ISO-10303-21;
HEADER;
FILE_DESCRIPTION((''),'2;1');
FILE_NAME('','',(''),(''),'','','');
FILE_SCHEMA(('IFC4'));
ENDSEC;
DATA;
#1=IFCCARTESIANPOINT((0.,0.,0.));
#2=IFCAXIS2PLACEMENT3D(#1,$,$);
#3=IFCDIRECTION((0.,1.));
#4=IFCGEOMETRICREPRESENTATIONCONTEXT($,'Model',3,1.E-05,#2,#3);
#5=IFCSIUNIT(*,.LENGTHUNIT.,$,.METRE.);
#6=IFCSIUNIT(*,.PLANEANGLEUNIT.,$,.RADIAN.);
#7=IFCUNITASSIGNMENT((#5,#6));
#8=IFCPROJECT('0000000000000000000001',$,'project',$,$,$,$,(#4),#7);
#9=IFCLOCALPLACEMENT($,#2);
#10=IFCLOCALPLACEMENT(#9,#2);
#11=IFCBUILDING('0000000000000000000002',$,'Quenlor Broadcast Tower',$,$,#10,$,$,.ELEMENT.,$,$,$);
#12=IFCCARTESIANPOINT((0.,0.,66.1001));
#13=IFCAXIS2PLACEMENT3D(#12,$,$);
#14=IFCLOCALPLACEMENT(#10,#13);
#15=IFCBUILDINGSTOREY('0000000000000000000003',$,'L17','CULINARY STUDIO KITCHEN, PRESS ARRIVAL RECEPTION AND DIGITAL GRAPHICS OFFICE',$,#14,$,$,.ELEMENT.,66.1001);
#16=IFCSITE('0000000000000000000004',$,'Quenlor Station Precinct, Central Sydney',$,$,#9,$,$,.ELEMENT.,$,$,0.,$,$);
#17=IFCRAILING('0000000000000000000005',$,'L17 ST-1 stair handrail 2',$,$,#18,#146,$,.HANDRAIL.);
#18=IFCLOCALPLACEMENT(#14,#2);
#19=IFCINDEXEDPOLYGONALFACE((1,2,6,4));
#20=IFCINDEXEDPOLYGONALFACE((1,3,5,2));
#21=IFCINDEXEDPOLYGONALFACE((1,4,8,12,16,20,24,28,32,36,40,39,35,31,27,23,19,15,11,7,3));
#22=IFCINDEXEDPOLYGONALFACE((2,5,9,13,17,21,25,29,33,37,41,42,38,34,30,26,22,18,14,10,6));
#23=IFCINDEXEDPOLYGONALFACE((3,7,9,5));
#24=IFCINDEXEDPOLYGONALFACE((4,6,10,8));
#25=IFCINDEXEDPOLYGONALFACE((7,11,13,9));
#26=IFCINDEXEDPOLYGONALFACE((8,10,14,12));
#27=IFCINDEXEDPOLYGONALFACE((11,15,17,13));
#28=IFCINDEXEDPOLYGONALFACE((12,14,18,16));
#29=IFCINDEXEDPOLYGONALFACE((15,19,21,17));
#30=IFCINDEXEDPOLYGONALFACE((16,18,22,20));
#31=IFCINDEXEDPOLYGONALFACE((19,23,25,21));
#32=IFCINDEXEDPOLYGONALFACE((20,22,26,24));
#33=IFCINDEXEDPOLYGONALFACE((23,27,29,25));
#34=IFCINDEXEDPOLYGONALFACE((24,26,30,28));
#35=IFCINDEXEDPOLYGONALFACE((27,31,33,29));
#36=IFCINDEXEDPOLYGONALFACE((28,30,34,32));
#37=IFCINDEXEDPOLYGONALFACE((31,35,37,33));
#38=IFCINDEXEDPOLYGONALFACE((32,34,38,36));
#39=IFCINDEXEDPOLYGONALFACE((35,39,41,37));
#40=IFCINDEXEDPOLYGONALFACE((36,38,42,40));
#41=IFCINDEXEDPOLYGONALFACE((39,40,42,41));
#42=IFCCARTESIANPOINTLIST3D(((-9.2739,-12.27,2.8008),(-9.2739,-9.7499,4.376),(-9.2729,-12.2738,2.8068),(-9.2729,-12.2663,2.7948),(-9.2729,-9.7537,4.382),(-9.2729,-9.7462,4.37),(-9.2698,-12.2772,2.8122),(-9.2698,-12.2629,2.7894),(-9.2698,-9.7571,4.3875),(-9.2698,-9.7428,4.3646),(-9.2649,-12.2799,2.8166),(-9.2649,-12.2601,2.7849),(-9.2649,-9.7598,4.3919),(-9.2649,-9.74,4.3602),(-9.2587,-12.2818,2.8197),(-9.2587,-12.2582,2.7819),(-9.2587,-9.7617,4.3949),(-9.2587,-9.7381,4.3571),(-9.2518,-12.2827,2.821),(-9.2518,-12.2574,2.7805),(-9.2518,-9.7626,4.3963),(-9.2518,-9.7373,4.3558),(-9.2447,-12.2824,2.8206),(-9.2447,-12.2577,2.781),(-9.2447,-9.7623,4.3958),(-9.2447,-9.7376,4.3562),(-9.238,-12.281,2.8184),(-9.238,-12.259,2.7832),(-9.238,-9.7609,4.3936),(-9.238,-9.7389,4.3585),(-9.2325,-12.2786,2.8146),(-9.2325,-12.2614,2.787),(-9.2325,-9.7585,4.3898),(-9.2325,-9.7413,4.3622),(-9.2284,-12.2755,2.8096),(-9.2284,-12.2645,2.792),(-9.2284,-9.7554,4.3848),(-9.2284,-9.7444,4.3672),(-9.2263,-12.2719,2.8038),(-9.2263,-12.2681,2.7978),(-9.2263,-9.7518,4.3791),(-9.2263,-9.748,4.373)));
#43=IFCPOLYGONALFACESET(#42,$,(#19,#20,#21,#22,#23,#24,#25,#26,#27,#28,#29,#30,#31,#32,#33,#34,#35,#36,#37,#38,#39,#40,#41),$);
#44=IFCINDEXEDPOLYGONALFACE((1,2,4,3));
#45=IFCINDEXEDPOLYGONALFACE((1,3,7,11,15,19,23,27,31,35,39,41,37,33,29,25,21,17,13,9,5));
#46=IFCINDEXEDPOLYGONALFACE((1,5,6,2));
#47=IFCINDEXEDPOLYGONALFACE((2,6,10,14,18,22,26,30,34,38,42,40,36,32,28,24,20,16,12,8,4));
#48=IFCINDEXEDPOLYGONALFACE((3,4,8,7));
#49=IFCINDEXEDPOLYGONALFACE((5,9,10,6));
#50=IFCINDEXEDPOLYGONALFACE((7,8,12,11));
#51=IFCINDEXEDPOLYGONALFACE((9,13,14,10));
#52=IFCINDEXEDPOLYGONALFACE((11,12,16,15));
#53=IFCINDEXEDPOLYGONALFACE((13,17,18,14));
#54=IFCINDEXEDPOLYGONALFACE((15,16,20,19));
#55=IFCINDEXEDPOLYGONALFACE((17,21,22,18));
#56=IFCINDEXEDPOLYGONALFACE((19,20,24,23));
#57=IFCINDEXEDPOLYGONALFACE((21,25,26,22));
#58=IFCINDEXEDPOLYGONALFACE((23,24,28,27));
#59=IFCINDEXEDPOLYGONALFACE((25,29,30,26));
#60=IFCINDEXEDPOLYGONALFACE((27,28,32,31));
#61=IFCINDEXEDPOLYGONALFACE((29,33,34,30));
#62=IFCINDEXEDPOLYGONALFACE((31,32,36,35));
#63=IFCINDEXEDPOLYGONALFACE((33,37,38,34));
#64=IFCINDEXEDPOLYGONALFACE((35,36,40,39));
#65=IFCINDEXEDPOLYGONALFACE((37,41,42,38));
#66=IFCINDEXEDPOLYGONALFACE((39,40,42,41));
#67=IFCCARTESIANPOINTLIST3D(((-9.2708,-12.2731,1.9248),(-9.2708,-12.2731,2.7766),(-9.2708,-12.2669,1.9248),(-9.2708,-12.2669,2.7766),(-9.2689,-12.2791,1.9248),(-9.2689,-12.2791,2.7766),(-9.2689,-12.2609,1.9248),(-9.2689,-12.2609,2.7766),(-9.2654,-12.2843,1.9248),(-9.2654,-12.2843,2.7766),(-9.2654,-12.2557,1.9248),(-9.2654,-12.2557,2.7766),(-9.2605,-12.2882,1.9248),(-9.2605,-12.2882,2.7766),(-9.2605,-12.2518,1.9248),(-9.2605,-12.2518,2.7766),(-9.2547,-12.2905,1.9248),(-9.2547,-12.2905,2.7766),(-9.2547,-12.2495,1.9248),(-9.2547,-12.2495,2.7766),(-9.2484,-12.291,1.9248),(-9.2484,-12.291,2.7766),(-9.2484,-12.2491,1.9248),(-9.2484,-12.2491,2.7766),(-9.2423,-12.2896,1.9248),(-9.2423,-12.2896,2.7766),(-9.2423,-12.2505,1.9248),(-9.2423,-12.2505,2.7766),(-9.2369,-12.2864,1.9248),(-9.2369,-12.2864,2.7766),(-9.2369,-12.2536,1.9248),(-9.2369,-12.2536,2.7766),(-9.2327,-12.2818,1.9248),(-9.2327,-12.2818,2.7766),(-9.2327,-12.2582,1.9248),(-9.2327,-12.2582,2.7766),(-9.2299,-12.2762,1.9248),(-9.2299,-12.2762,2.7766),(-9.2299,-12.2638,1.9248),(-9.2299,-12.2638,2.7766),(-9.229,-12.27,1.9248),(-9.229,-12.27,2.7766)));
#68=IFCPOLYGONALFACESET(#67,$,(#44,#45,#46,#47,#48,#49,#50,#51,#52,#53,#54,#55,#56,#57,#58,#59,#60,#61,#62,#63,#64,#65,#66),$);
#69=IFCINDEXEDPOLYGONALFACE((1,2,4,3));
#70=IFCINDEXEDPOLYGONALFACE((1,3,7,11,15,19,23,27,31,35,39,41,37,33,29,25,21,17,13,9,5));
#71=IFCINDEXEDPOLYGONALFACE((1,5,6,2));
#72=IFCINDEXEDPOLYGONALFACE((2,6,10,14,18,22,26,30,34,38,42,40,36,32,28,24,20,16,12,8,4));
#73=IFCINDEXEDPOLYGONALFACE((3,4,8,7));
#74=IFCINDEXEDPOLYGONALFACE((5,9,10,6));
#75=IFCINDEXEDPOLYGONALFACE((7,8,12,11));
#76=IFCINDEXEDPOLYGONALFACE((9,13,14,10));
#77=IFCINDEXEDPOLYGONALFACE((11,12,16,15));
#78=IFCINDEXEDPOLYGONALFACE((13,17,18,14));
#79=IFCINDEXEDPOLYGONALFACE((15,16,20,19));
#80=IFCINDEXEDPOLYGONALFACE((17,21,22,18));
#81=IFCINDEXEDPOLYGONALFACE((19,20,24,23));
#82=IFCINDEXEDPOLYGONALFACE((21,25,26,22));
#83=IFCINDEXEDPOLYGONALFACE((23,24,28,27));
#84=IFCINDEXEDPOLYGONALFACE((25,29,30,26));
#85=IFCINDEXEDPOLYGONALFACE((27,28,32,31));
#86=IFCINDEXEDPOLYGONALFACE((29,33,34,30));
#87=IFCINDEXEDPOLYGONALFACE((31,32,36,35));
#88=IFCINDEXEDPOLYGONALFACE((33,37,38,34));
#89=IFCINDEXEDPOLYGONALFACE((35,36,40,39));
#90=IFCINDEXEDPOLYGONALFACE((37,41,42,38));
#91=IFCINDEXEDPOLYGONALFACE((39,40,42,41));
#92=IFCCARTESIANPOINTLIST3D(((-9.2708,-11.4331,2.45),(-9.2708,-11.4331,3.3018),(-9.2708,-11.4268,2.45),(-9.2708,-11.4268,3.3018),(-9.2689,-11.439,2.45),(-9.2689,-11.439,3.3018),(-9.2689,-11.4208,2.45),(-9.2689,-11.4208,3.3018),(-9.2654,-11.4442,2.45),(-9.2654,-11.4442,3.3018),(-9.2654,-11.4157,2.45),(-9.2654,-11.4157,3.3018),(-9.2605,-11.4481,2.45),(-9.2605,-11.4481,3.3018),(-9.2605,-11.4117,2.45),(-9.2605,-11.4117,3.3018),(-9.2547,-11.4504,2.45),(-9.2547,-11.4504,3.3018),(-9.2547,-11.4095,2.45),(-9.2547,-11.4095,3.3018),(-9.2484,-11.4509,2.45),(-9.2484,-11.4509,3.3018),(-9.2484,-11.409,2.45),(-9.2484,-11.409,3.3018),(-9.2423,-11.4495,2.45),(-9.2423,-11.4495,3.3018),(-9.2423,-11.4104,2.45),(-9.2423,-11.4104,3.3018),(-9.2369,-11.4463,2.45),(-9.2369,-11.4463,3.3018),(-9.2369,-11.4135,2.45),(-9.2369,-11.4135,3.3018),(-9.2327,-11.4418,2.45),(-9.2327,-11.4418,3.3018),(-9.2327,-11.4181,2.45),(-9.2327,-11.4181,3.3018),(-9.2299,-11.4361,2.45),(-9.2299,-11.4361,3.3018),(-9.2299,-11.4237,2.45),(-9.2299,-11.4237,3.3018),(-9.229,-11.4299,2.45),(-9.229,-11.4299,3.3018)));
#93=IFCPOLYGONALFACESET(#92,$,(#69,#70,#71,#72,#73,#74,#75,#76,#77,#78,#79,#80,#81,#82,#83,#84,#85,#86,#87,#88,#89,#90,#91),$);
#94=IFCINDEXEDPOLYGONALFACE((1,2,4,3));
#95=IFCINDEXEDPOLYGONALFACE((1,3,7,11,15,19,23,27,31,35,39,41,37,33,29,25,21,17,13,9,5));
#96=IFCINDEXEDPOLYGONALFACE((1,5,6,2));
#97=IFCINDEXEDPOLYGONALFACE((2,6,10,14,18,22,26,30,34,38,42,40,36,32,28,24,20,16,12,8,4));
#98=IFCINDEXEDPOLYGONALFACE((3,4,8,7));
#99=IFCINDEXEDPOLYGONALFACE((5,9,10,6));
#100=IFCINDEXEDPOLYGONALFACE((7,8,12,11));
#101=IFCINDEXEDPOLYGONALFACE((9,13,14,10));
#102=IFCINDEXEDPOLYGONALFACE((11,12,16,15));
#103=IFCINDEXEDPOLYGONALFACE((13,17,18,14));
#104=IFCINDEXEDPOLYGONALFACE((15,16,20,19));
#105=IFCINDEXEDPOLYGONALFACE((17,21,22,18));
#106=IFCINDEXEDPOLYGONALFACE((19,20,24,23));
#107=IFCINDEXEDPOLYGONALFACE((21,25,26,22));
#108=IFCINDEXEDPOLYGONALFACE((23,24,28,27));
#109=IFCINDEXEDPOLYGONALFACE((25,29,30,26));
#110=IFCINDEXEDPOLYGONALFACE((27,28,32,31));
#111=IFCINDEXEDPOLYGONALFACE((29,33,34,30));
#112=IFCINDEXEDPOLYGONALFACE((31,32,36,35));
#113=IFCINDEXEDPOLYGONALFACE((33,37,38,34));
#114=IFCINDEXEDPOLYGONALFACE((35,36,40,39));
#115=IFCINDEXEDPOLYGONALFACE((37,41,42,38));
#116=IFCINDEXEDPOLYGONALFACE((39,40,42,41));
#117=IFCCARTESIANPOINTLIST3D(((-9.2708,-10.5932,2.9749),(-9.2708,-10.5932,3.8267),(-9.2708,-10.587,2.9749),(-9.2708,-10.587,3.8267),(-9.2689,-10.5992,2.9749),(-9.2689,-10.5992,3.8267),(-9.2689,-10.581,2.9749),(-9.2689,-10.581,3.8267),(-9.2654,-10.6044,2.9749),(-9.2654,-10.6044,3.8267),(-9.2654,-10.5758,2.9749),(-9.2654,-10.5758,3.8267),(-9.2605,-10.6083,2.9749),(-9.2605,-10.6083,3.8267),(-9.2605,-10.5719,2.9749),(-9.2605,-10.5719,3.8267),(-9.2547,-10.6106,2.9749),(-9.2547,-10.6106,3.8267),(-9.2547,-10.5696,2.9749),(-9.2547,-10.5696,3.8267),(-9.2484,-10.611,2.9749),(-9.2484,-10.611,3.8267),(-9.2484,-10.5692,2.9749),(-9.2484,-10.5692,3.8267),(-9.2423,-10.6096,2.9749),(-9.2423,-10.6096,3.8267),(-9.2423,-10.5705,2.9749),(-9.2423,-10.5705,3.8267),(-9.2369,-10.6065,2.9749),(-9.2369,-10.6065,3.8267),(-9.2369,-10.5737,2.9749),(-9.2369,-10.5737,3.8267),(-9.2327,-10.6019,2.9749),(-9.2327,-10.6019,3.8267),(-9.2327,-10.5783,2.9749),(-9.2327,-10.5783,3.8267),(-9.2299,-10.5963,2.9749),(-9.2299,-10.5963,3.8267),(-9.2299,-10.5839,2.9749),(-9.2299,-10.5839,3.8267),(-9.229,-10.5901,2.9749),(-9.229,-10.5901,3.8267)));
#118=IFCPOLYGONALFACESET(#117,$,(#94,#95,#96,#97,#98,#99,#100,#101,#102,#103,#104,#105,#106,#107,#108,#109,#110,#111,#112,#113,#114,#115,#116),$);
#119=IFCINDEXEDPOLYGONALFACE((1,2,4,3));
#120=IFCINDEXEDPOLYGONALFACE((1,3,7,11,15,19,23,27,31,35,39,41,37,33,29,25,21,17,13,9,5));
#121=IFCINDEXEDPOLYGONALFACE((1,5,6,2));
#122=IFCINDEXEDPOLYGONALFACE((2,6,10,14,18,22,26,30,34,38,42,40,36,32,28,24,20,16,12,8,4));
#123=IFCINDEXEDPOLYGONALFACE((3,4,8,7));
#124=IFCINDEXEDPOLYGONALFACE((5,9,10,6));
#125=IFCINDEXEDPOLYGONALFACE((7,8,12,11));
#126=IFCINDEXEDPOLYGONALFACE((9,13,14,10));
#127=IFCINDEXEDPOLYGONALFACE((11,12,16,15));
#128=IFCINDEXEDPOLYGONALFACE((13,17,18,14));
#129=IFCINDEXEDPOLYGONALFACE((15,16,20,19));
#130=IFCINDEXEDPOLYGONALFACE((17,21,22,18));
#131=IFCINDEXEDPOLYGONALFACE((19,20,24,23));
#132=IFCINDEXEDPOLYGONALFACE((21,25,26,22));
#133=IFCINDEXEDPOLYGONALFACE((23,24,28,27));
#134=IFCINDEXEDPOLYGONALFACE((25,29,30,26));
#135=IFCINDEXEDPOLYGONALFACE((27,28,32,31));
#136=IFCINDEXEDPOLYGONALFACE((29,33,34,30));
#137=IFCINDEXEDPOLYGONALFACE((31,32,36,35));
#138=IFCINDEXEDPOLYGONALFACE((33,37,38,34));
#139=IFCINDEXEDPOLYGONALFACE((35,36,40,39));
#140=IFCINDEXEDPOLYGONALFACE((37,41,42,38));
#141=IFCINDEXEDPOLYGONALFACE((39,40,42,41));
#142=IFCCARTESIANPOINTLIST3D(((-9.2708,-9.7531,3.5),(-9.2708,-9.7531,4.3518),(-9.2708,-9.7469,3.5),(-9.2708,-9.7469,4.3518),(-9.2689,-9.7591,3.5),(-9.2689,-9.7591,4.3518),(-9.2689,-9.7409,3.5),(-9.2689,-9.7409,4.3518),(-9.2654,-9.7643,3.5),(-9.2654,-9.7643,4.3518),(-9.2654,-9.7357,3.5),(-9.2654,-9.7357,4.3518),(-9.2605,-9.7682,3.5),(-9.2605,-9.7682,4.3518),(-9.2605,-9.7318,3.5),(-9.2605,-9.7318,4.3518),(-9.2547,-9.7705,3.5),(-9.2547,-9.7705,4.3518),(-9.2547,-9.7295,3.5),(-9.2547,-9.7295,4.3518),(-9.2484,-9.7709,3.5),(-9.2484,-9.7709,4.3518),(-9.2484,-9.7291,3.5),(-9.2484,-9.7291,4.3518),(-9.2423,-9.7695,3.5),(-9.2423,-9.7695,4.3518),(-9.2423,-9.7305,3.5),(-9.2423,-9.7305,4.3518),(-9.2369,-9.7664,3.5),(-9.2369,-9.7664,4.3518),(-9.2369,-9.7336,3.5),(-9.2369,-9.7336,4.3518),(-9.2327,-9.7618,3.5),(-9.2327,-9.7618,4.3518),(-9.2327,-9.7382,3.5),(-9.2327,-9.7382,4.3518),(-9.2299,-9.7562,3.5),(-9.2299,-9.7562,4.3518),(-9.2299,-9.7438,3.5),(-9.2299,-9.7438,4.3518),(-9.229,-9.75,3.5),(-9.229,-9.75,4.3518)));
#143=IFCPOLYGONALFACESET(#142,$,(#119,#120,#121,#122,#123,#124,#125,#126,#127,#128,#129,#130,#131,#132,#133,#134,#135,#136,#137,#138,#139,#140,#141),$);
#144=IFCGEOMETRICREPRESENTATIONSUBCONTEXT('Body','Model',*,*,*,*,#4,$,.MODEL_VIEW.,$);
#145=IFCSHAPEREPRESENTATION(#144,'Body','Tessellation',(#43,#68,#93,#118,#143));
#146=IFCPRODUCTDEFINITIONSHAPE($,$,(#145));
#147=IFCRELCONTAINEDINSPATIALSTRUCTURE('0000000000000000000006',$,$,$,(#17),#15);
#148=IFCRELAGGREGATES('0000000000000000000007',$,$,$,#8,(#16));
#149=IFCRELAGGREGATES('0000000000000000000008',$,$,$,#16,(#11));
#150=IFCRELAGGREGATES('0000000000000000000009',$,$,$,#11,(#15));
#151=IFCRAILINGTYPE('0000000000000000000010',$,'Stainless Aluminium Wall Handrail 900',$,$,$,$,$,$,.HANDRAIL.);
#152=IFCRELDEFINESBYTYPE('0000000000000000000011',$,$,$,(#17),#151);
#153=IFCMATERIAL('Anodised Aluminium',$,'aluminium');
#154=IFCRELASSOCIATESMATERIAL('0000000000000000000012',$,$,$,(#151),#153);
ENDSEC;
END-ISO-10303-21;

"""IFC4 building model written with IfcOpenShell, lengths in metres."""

from ifc_helpers import new_model, si_unit, direction, frame, origin, origin_2d, place, context, subcontext, project, spatial, circle, extrude, material, type_object, element, save


model = new_model("IFC4")

# Units and contexts
model_context = context("Model", 3, precision=1e-05, world=origin(), true_north=direction((0.0, 1.0)))
body_context = subcontext(model_context, "Body", "Model", "MODEL_VIEW")
ifc_project = project(units=[si_unit("LENGTHUNIT", "METRE"), si_unit("PLANEANGLEUNIT", "RADIAN")], contexts=[model_context])

# Site, building, storey
site_placement = place(None, origin())
site = spatial("IfcSite", under=ifc_project, at=site_placement, Name="Quenlor Station Precinct, Central Sydney", CompositionType="ELEMENT", RefElevation=0.0)
building_placement = place(site_placement, origin())
building = spatial("IfcBuilding", under=site, at=building_placement, Name="Quenlor Broadcast Tower", CompositionType="ELEMENT")
storey_placement = place(building_placement, frame((0.0, 0.0, 66.1001)))
storey = spatial("IfcBuildingStorey", under=building, at=storey_placement, Name="L17", Description="CULINARY STUDIO KITCHEN, PRESS ARRIVAL RECEPTION AND DIGITAL GRAPHICS OFFICE", CompositionType="ELEMENT", Elevation=66.1001)

# Railing
ifc_material_1 = material(Name="Anodised Aluminium", Category="aluminium")
railing_type_1 = type_object("IfcRailingType", Name="Stainless Aluminium Wall Handrail 900", PredefinedType="HANDRAIL", material=ifc_material_1)
railing_1_placement = place(storey_placement, frame((-9.25, -12.27, 1.9248)))
element("IfcRailing", 1, at=railing_1_placement, inside=storey, type_object=railing_type_1, Name="L17 ST-1 stair handrail 2", PredefinedType="HANDRAIL", context=body_context, shape_type="SweptSolid", body=[
    extrude(circle(Radius=0.0239, at=origin_2d()), frame((0.0, 0.0, 0.876), z_axis=(0.0, 0.847971, 0.530043), x_axis=(-1.0, 0.0, 0.0)), (0.0, 0.0, 1.0), 2.9719),
    extrude(circle(Radius=0.021, at=origin_2d()), origin(), (0.0, 0.0, 1.0), 0.8518),
    extrude(circle(Radius=0.021, at=origin_2d()), frame((0.0, 0.8401, 0.5251)), (0.0, 0.0, 1.0), 0.8518),
    extrude(circle(Radius=0.021, at=origin_2d()), frame((0.0, 1.6799, 1.05)), (0.0, 0.0, 1.0), 0.8518),
    extrude(circle(Radius=0.021, at=origin_2d()), frame((0.0, 2.52, 1.5752)), (0.0, 0.0, 1.0), 0.8518),
])

save(model, "model.ifc")
